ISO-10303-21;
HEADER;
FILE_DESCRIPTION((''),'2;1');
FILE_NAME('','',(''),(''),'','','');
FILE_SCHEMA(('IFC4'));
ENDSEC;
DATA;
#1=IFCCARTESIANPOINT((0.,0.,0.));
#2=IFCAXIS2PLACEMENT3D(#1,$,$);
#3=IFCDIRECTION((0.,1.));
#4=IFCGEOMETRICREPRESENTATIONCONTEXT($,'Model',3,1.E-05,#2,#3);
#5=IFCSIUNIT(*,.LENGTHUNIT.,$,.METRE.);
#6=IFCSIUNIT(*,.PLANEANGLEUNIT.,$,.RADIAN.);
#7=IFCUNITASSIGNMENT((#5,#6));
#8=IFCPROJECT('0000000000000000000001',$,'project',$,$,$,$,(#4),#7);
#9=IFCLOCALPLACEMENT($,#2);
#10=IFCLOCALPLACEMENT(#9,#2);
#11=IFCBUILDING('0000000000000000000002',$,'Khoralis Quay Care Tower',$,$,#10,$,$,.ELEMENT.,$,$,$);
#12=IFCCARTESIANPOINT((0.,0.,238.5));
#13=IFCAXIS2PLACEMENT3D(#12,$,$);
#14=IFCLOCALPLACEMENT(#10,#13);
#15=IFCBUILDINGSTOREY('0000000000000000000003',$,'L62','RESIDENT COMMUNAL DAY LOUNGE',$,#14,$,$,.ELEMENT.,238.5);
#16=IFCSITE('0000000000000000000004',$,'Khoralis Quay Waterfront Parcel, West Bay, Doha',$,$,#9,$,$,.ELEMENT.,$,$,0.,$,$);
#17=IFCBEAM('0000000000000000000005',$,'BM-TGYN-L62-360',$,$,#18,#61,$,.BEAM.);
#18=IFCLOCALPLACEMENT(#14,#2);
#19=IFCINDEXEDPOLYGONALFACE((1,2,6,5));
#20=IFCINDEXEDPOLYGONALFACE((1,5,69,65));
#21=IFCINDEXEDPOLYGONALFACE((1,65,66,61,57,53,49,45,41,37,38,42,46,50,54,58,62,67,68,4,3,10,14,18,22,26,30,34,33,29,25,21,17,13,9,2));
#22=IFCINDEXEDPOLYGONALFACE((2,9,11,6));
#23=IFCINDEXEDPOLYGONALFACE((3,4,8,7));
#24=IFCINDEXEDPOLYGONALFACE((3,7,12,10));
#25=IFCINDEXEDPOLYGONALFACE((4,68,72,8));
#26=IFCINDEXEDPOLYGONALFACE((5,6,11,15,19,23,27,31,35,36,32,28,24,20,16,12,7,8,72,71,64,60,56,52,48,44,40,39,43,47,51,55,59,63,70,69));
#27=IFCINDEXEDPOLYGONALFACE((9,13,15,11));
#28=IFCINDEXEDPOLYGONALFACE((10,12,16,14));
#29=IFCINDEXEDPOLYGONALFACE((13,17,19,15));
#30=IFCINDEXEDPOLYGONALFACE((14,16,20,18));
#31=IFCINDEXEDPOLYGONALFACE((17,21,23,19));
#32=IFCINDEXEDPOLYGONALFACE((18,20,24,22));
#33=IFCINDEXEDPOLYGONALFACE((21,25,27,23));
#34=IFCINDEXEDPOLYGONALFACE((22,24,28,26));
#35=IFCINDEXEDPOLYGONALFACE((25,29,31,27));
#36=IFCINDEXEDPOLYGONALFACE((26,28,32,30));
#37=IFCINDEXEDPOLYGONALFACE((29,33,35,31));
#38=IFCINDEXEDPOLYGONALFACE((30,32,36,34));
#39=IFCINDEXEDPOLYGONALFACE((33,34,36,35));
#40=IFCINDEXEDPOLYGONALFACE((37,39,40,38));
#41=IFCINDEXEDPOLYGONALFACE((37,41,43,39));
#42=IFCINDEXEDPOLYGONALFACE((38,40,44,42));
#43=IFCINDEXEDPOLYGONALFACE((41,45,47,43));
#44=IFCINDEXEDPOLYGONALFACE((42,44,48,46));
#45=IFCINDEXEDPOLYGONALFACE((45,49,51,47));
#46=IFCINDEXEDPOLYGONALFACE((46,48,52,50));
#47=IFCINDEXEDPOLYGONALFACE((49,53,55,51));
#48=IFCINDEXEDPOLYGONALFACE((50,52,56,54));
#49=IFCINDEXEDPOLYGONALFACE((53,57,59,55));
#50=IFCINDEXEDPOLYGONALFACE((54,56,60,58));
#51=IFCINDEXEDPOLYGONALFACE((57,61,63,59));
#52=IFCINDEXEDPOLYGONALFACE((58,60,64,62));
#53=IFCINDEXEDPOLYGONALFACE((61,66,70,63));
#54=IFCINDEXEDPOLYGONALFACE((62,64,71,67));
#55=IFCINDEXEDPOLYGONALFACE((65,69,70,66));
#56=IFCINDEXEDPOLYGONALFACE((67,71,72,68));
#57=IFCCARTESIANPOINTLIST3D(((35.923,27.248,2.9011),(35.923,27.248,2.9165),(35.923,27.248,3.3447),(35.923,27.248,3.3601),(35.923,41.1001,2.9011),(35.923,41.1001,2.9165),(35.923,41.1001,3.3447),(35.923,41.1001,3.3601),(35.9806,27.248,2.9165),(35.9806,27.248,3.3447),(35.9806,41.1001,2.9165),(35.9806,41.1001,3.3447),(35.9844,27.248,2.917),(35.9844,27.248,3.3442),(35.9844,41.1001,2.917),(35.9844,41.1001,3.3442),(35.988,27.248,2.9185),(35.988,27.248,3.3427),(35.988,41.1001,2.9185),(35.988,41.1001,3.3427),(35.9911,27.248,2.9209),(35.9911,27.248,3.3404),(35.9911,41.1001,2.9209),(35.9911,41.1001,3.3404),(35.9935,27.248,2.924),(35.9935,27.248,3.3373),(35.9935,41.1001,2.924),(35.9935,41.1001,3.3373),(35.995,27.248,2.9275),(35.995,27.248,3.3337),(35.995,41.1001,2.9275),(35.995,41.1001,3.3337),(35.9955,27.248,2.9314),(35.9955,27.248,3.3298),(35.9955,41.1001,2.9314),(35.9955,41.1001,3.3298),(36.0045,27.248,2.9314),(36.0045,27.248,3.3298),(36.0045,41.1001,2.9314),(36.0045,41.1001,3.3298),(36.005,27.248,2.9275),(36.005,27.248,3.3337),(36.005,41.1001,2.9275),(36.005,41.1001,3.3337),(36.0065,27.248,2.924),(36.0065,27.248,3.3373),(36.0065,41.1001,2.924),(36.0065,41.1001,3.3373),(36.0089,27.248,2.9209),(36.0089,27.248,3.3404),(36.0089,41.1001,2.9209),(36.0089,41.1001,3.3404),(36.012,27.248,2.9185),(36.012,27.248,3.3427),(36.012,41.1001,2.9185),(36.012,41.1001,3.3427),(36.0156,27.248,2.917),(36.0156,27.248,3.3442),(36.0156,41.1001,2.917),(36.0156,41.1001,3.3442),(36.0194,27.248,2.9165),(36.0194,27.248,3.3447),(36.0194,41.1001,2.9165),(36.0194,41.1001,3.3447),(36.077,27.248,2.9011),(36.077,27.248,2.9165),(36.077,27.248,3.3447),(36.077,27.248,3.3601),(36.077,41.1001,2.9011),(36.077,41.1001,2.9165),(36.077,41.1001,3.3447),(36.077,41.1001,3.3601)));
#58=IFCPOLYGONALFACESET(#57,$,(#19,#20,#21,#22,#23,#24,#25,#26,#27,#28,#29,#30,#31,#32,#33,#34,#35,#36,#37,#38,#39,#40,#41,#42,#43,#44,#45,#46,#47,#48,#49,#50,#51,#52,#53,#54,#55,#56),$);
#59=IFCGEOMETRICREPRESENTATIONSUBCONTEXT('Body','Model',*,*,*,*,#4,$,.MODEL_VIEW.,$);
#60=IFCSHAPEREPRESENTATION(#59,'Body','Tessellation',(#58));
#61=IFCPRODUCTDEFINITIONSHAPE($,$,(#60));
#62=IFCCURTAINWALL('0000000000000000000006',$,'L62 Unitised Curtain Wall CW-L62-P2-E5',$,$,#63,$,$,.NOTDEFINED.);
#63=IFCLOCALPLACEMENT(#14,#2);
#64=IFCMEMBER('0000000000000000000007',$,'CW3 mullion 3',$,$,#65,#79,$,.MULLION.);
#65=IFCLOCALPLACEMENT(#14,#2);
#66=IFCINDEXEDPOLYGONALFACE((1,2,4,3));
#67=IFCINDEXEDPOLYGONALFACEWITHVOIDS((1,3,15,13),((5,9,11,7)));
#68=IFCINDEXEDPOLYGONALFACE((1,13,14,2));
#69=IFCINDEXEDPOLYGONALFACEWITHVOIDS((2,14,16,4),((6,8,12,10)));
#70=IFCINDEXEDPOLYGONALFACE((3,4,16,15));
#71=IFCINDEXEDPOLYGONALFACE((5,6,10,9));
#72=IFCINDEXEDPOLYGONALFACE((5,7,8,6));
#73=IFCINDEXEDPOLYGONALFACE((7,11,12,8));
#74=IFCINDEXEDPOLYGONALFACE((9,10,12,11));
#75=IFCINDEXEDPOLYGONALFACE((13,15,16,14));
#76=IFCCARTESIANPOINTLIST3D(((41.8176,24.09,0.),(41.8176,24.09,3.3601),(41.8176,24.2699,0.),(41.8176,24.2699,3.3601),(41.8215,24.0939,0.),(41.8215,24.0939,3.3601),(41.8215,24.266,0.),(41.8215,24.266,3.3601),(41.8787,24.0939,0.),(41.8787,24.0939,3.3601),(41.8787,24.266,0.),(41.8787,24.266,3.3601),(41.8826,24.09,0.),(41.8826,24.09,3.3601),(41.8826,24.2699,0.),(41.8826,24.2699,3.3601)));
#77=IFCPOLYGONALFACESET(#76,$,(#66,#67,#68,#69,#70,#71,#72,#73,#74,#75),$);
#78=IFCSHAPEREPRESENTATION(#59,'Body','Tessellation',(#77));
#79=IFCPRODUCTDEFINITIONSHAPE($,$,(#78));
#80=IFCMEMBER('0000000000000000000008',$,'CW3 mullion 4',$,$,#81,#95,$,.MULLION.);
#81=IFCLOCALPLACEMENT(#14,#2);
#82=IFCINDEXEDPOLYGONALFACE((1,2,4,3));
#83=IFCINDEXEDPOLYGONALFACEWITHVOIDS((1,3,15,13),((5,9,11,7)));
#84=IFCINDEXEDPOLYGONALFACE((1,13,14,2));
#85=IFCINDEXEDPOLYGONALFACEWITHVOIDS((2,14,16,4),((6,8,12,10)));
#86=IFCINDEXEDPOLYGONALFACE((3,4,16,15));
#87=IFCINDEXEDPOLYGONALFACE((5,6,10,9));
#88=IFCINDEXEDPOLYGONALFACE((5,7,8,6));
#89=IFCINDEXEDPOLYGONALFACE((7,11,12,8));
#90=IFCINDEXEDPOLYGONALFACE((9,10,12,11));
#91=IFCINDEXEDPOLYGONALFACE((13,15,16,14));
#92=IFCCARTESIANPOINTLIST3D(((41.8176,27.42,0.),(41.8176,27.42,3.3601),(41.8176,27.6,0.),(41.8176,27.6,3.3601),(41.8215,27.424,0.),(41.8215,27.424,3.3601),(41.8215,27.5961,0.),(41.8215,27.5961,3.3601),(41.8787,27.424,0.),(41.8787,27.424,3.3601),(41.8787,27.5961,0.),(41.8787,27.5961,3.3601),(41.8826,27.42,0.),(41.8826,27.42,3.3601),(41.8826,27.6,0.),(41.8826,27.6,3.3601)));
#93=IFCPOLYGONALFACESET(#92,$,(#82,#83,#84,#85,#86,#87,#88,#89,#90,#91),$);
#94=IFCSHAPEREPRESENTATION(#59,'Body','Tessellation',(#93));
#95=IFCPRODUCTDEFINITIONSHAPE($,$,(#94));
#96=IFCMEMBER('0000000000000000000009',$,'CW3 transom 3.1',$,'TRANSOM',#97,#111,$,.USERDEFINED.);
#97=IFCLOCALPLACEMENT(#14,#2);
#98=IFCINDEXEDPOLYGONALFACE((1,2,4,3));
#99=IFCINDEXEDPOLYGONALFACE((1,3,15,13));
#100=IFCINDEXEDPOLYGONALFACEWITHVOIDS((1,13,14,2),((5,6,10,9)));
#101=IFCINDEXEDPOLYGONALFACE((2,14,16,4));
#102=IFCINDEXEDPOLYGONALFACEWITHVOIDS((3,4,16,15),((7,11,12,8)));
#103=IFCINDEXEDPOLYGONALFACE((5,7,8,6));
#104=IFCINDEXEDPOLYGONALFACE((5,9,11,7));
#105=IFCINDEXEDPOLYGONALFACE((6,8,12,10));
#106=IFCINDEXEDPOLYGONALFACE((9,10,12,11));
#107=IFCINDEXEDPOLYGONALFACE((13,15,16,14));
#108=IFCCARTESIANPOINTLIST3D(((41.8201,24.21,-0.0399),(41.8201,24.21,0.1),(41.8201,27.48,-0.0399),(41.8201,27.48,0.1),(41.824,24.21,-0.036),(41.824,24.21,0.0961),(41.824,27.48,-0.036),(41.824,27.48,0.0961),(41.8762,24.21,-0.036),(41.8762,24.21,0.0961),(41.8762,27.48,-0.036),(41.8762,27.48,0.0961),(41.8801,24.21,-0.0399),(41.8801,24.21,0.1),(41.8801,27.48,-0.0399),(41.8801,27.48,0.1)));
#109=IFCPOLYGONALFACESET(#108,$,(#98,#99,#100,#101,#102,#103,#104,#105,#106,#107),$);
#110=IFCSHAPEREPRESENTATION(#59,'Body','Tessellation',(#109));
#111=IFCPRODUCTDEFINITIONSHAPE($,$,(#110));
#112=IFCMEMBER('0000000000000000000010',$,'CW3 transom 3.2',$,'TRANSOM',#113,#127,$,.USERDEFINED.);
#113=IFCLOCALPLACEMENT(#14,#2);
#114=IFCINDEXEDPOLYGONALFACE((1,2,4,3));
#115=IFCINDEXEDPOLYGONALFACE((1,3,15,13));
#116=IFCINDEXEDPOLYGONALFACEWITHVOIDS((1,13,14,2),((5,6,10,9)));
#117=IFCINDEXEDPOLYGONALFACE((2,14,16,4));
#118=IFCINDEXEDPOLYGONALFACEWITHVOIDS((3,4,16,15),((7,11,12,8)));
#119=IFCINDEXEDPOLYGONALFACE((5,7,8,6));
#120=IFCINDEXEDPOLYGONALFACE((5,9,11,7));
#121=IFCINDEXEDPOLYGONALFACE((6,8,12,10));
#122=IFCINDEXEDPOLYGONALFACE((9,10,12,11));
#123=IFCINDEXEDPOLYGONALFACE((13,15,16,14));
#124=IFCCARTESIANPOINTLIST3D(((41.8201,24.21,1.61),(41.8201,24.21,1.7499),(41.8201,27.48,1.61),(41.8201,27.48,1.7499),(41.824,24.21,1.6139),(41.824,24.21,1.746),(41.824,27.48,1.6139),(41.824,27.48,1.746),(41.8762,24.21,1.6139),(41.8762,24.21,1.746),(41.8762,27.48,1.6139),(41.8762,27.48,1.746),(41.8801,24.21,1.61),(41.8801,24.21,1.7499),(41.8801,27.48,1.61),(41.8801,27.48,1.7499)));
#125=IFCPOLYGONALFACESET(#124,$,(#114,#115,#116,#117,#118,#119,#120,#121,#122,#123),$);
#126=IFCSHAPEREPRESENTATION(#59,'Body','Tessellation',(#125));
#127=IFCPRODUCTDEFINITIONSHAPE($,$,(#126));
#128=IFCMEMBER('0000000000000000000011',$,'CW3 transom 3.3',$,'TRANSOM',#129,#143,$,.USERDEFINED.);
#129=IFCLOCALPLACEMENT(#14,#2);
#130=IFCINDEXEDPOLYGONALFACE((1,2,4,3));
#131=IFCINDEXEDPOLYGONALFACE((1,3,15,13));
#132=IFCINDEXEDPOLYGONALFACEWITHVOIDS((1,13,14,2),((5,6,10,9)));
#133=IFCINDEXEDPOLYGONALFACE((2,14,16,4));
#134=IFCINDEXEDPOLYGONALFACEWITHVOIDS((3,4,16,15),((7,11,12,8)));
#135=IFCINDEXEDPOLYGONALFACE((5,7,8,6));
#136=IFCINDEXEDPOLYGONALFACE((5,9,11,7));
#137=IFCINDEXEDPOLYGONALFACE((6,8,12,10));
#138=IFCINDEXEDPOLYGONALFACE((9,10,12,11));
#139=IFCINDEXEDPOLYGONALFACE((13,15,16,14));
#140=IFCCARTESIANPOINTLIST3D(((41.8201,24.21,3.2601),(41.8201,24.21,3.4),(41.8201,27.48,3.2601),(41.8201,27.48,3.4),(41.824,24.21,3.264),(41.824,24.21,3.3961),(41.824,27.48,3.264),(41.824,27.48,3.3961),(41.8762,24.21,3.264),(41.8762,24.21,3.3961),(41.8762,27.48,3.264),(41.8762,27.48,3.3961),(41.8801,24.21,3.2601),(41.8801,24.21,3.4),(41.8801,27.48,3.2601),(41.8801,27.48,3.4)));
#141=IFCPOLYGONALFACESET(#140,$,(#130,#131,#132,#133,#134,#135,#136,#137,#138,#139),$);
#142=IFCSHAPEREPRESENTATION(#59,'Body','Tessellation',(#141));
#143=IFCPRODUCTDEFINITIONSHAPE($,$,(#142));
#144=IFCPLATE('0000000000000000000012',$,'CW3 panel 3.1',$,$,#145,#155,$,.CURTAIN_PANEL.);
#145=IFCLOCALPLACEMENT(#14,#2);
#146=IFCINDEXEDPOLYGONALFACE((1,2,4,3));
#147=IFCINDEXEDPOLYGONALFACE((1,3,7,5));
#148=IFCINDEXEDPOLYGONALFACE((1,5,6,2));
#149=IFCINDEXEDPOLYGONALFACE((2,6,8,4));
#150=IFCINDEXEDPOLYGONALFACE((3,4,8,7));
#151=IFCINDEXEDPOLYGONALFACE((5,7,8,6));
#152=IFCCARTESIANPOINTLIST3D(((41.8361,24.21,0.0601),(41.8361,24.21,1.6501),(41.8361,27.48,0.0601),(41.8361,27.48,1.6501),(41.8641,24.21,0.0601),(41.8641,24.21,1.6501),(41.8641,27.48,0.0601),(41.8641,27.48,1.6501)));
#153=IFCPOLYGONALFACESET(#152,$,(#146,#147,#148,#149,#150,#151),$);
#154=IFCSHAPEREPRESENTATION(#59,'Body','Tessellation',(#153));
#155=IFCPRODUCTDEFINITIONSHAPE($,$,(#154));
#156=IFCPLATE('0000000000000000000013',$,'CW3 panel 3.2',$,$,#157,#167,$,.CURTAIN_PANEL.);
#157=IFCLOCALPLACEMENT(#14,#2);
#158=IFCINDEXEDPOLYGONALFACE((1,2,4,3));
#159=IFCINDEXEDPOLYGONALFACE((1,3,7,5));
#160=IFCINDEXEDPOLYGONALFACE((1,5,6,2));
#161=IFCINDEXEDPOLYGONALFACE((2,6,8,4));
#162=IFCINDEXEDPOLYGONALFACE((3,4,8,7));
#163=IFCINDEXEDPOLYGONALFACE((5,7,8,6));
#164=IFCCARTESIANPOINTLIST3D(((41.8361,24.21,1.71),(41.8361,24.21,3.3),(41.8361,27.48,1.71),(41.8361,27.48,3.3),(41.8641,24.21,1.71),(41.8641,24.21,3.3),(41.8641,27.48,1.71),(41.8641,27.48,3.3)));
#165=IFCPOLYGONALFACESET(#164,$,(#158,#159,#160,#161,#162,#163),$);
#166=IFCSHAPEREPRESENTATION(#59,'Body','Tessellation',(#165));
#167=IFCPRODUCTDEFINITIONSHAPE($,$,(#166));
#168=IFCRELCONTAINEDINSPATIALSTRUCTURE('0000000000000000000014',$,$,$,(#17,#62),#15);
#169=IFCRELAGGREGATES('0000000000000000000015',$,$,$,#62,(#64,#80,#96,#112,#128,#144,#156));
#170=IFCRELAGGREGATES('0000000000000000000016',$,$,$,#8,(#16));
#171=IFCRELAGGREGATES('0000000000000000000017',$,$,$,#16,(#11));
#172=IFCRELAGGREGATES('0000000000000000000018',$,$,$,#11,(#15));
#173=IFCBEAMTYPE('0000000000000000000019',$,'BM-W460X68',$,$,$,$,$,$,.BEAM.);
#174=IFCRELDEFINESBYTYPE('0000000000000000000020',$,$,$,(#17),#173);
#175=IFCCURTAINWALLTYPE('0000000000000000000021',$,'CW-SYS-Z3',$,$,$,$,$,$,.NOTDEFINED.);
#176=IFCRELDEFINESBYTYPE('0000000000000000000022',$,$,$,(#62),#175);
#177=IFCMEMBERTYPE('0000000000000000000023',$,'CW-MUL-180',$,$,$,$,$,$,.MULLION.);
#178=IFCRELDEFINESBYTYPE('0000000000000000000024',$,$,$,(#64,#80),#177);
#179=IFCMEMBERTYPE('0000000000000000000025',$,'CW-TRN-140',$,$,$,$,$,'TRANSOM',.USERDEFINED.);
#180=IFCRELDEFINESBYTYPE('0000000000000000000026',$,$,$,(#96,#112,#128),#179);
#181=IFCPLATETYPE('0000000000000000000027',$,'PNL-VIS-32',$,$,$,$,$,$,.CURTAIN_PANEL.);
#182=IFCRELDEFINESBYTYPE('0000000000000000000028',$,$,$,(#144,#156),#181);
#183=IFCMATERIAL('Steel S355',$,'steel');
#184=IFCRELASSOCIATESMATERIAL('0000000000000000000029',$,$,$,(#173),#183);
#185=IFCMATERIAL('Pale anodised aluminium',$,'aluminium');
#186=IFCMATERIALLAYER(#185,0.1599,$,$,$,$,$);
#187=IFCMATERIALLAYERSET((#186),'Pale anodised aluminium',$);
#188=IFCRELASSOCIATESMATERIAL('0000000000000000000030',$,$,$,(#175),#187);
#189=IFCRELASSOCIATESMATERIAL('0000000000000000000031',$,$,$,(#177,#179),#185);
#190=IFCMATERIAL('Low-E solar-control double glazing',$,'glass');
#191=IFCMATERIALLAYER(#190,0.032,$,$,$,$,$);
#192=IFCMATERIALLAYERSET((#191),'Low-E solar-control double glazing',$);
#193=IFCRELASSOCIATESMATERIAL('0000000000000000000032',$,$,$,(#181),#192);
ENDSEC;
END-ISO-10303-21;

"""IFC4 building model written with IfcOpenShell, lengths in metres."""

from ifc_helpers import new_model, si_unit, direction, frame, origin, origin_2d, place, context, subcontext, project, spatial, rectangle, hollow_rectangle, i_section, extrude, source, transform, mapped, material, layer, layer_set, material_profile, profile_set, type_object, element, aggregate, save


model = new_model("IFC4")

# Units and contexts
model_context = context("Model", 3, precision=1e-05, world=origin(), true_north=direction((0.0, 1.0)))
body_context = subcontext(model_context, "Body", "Model", "MODEL_VIEW")
ifc_project = project(units=[si_unit("LENGTHUNIT", "METRE"), si_unit("PLANEANGLEUNIT", "RADIAN")], contexts=[model_context])

# Site, building, storey
site_placement = place(None, origin())
site = spatial("IfcSite", under=ifc_project, at=site_placement, Name="Khoralis Quay Waterfront Parcel, West Bay, Doha", CompositionType="ELEMENT", RefElevation=0.0)
building_placement = place(site_placement, origin())
building = spatial("IfcBuilding", under=site, at=building_placement, Name="Khoralis Quay Care Tower", CompositionType="ELEMENT")
storey_placement = place(building_placement, frame((0.0, 0.0, 238.5)))
storey = spatial("IfcBuildingStorey", under=building, at=storey_placement, Name="L62", Description="RESIDENT COMMUNAL DAY LOUNGE", CompositionType="ELEMENT", Elevation=238.5)

# Beam
ifc_material_1 = material(Name="Steel S355", Category="steel")
ifc_material_profile_1 = material_profile(ifc_material_1, i_section(OverallWidth=0.1541, OverallDepth=0.459, WebThickness=0.009, FlangeThickness=0.0154, FilletRadius=0.0149, at=origin_2d()), Name="Steel S355")
ifc_profile_set_1 = profile_set([ifc_material_profile_1], Name="Steel S355")
beam_type_1 = type_object("IfcBeamType", Name="BM-W460X68", PredefinedType="BEAM", material=ifc_profile_set_1)
shared_shape_1 = source(origin(), body_context, "Body", "SweptSolid", [
    extrude(i_section(OverallWidth=0.1541, OverallDepth=0.459, WebThickness=0.009, FlangeThickness=0.0154, FilletRadius=0.0149, at=origin_2d()), origin(), (0.0, 0.0, 1.0), 13.8521),
])
beam_1_placement = place(storey_placement, frame((36.0, 27.248, 3.1306), z_axis=(0.0, 1.0, 0.0), x_axis=(-1.0, 0.0, 0.0)))
element("IfcBeam", 1, at=beam_1_placement, inside=storey, type_object=beam_type_1, Name="BM-TGYN-L62-360", PredefinedType="BEAM", context=body_context, shape_type="MappedRepresentation", body=[
    mapped(shared_shape_1, transform((0.0, 0.0, 0.0), scale=1.0)),
])

# Curtain wall, members, plates
ifc_material_2 = material(Name="Pale anodised aluminium", Category="aluminium")
ifc_layer_1 = layer(ifc_material_2, 0.1599)
ifc_layer_set_1 = layer_set([ifc_layer_1], Name="Pale anodised aluminium")
curtain_wall_type = type_object("IfcCurtainWallType", Name="CW-SYS-Z3", PredefinedType="NOTDEFINED", material=ifc_layer_set_1)
curtain_wall_placement = place(storey_placement, origin())
curtain_wall = element("IfcCurtainWall", 2, at=curtain_wall_placement, inside=storey, type_object=curtain_wall_type, Name="L62 Unitised Curtain Wall CW-L62-P2-E5", PredefinedType="NOTDEFINED")
ifc_material_profile_2 = material_profile(ifc_material_2, hollow_rectangle(XDim=0.0649, YDim=0.1799, WallThickness=0.0039, at=origin_2d()), Name="Pale anodised aluminium")
ifc_profile_set_2 = profile_set([ifc_material_profile_2], Name="Pale anodised aluminium")
member_type_1 = type_object("IfcMemberType", Name="CW-MUL-180", PredefinedType="MULLION", material=ifc_profile_set_2)
shared_shape_2 = source(origin(), body_context, "Body", "SweptSolid", [
    extrude(hollow_rectangle(XDim=0.0649, YDim=0.1799, WallThickness=0.0039, at=origin_2d()), origin(), (0.0, 0.0, 1.0), 3.3601),
])
member_1_placement = place(storey_placement, frame((41.8501, 24.1799, 0.0), z_axis=(0.0, 0.0, 1.0), x_axis=(-1.0, 0.0, 0.0)))
member_1 = element("IfcMember", 3, at=member_1_placement, type_object=member_type_1, Name="CW3 mullion 3", PredefinedType="MULLION", context=body_context, shape_type="MappedRepresentation", body=[
    mapped(shared_shape_2, transform((0.0, 0.0, 0.0), scale=1.0)),
])
member_2_placement = place(storey_placement, frame((41.8501, 27.51, 0.0), z_axis=(0.0, 0.0, 1.0), x_axis=(-1.0, 0.0, 0.0)))
member_2 = element("IfcMember", 4, at=member_2_placement, type_object=member_type_1, Name="CW3 mullion 4", PredefinedType="MULLION", context=body_context, shape_type="MappedRepresentation", body=[
    mapped(shared_shape_2, transform((0.0, 0.0, 0.0), scale=1.0)),
])
ifc_material_profile_3 = material_profile(ifc_material_2, hollow_rectangle(XDim=0.0601, YDim=0.1399, WallThickness=0.0039, at=origin_2d()), Name="Pale anodised aluminium")
ifc_profile_set_3 = profile_set([ifc_material_profile_3], Name="Pale anodised aluminium")
member_type_2 = type_object("IfcMemberType", Name="CW-TRN-140", ElementType="TRANSOM", PredefinedType="USERDEFINED", material=ifc_profile_set_3)
shared_shape_3 = source(origin(), body_context, "Body", "SweptSolid", [
    extrude(hollow_rectangle(XDim=0.0601, YDim=0.1399, WallThickness=0.0039, at=origin_2d()), origin(), (0.0, 0.0, 1.0), 3.27),
])
member_3_placement = place(storey_placement, frame((41.8501, 24.21, 0.03), z_axis=(0.0, 1.0, 0.0), x_axis=(-1.0, 0.0, 0.0)))
member_3 = element("IfcMember", 5, at=member_3_placement, type_object=member_type_2, Name="CW3 transom 3.1", ObjectType="TRANSOM", PredefinedType="USERDEFINED", context=body_context, shape_type="MappedRepresentation", body=[
    mapped(shared_shape_3, transform((0.0, 0.0, 0.0), scale=1.0)),
])
member_4_placement = place(storey_placement, frame((41.8501, 24.21, 1.6799), z_axis=(0.0, 1.0, 0.0), x_axis=(-1.0, 0.0, 0.0)))
member_4 = element("IfcMember", 6, at=member_4_placement, type_object=member_type_2, Name="CW3 transom 3.2", ObjectType="TRANSOM", PredefinedType="USERDEFINED", context=body_context, shape_type="MappedRepresentation", body=[
    mapped(shared_shape_3, transform((0.0, 0.0, 0.0), scale=1.0)),
])
member_5_placement = place(storey_placement, frame((41.8501, 24.21, 3.3301), z_axis=(0.0, 1.0, 0.0), x_axis=(-1.0, 0.0, 0.0)))
member_5 = element("IfcMember", 7, at=member_5_placement, type_object=member_type_2, Name="CW3 transom 3.3", ObjectType="TRANSOM", PredefinedType="USERDEFINED", context=body_context, shape_type="MappedRepresentation", body=[
    mapped(shared_shape_3, transform((0.0, 0.0, 0.0), scale=1.0)),
])
ifc_material_3 = material(Name="Low-E solar-control double glazing", Category="glass")
ifc_layer_2 = layer(ifc_material_3, 0.032)
ifc_layer_set_2 = layer_set([ifc_layer_2], Name="Low-E solar-control double glazing")
plate_type = type_object("IfcPlateType", Name="PNL-VIS-32", PredefinedType="CURTAIN_PANEL", material=ifc_layer_set_2)
shared_shape_4 = source(origin(), body_context, "Body", "SweptSolid", [
    extrude(rectangle(XDim=3.27, YDim=0.0281, at=origin_2d()), origin(), (0.0, 0.0, 1.0), 1.5901),
])
plate_1_placement = place(storey_placement, frame((41.8501, 25.845, 0.0601), z_axis=(0.0, 0.0, 1.0), x_axis=(0.0, 1.0, 0.0)))
plate_1 = element("IfcPlate", 8, at=plate_1_placement, type_object=plate_type, Name="CW3 panel 3.1", PredefinedType="CURTAIN_PANEL", context=body_context, shape_type="MappedRepresentation", body=[
    mapped(shared_shape_4, transform((0.0, 0.0, 0.0), scale=1.0)),
])
plate_2_placement = place(storey_placement, frame((41.8501, 25.845, 1.71), z_axis=(0.0, 0.0, 1.0), x_axis=(0.0, 1.0, 0.0)))
plate_2 = element("IfcPlate", 9, at=plate_2_placement, type_object=plate_type, Name="CW3 panel 3.2", PredefinedType="CURTAIN_PANEL", context=body_context, shape_type="MappedRepresentation", body=[
    mapped(shared_shape_4, transform((0.0, 0.0, 0.0), scale=1.0)),
])
aggregate(curtain_wall, [member_1, member_2, member_3, member_4, member_5, plate_1, plate_2])

save(model, "model.ifc")
